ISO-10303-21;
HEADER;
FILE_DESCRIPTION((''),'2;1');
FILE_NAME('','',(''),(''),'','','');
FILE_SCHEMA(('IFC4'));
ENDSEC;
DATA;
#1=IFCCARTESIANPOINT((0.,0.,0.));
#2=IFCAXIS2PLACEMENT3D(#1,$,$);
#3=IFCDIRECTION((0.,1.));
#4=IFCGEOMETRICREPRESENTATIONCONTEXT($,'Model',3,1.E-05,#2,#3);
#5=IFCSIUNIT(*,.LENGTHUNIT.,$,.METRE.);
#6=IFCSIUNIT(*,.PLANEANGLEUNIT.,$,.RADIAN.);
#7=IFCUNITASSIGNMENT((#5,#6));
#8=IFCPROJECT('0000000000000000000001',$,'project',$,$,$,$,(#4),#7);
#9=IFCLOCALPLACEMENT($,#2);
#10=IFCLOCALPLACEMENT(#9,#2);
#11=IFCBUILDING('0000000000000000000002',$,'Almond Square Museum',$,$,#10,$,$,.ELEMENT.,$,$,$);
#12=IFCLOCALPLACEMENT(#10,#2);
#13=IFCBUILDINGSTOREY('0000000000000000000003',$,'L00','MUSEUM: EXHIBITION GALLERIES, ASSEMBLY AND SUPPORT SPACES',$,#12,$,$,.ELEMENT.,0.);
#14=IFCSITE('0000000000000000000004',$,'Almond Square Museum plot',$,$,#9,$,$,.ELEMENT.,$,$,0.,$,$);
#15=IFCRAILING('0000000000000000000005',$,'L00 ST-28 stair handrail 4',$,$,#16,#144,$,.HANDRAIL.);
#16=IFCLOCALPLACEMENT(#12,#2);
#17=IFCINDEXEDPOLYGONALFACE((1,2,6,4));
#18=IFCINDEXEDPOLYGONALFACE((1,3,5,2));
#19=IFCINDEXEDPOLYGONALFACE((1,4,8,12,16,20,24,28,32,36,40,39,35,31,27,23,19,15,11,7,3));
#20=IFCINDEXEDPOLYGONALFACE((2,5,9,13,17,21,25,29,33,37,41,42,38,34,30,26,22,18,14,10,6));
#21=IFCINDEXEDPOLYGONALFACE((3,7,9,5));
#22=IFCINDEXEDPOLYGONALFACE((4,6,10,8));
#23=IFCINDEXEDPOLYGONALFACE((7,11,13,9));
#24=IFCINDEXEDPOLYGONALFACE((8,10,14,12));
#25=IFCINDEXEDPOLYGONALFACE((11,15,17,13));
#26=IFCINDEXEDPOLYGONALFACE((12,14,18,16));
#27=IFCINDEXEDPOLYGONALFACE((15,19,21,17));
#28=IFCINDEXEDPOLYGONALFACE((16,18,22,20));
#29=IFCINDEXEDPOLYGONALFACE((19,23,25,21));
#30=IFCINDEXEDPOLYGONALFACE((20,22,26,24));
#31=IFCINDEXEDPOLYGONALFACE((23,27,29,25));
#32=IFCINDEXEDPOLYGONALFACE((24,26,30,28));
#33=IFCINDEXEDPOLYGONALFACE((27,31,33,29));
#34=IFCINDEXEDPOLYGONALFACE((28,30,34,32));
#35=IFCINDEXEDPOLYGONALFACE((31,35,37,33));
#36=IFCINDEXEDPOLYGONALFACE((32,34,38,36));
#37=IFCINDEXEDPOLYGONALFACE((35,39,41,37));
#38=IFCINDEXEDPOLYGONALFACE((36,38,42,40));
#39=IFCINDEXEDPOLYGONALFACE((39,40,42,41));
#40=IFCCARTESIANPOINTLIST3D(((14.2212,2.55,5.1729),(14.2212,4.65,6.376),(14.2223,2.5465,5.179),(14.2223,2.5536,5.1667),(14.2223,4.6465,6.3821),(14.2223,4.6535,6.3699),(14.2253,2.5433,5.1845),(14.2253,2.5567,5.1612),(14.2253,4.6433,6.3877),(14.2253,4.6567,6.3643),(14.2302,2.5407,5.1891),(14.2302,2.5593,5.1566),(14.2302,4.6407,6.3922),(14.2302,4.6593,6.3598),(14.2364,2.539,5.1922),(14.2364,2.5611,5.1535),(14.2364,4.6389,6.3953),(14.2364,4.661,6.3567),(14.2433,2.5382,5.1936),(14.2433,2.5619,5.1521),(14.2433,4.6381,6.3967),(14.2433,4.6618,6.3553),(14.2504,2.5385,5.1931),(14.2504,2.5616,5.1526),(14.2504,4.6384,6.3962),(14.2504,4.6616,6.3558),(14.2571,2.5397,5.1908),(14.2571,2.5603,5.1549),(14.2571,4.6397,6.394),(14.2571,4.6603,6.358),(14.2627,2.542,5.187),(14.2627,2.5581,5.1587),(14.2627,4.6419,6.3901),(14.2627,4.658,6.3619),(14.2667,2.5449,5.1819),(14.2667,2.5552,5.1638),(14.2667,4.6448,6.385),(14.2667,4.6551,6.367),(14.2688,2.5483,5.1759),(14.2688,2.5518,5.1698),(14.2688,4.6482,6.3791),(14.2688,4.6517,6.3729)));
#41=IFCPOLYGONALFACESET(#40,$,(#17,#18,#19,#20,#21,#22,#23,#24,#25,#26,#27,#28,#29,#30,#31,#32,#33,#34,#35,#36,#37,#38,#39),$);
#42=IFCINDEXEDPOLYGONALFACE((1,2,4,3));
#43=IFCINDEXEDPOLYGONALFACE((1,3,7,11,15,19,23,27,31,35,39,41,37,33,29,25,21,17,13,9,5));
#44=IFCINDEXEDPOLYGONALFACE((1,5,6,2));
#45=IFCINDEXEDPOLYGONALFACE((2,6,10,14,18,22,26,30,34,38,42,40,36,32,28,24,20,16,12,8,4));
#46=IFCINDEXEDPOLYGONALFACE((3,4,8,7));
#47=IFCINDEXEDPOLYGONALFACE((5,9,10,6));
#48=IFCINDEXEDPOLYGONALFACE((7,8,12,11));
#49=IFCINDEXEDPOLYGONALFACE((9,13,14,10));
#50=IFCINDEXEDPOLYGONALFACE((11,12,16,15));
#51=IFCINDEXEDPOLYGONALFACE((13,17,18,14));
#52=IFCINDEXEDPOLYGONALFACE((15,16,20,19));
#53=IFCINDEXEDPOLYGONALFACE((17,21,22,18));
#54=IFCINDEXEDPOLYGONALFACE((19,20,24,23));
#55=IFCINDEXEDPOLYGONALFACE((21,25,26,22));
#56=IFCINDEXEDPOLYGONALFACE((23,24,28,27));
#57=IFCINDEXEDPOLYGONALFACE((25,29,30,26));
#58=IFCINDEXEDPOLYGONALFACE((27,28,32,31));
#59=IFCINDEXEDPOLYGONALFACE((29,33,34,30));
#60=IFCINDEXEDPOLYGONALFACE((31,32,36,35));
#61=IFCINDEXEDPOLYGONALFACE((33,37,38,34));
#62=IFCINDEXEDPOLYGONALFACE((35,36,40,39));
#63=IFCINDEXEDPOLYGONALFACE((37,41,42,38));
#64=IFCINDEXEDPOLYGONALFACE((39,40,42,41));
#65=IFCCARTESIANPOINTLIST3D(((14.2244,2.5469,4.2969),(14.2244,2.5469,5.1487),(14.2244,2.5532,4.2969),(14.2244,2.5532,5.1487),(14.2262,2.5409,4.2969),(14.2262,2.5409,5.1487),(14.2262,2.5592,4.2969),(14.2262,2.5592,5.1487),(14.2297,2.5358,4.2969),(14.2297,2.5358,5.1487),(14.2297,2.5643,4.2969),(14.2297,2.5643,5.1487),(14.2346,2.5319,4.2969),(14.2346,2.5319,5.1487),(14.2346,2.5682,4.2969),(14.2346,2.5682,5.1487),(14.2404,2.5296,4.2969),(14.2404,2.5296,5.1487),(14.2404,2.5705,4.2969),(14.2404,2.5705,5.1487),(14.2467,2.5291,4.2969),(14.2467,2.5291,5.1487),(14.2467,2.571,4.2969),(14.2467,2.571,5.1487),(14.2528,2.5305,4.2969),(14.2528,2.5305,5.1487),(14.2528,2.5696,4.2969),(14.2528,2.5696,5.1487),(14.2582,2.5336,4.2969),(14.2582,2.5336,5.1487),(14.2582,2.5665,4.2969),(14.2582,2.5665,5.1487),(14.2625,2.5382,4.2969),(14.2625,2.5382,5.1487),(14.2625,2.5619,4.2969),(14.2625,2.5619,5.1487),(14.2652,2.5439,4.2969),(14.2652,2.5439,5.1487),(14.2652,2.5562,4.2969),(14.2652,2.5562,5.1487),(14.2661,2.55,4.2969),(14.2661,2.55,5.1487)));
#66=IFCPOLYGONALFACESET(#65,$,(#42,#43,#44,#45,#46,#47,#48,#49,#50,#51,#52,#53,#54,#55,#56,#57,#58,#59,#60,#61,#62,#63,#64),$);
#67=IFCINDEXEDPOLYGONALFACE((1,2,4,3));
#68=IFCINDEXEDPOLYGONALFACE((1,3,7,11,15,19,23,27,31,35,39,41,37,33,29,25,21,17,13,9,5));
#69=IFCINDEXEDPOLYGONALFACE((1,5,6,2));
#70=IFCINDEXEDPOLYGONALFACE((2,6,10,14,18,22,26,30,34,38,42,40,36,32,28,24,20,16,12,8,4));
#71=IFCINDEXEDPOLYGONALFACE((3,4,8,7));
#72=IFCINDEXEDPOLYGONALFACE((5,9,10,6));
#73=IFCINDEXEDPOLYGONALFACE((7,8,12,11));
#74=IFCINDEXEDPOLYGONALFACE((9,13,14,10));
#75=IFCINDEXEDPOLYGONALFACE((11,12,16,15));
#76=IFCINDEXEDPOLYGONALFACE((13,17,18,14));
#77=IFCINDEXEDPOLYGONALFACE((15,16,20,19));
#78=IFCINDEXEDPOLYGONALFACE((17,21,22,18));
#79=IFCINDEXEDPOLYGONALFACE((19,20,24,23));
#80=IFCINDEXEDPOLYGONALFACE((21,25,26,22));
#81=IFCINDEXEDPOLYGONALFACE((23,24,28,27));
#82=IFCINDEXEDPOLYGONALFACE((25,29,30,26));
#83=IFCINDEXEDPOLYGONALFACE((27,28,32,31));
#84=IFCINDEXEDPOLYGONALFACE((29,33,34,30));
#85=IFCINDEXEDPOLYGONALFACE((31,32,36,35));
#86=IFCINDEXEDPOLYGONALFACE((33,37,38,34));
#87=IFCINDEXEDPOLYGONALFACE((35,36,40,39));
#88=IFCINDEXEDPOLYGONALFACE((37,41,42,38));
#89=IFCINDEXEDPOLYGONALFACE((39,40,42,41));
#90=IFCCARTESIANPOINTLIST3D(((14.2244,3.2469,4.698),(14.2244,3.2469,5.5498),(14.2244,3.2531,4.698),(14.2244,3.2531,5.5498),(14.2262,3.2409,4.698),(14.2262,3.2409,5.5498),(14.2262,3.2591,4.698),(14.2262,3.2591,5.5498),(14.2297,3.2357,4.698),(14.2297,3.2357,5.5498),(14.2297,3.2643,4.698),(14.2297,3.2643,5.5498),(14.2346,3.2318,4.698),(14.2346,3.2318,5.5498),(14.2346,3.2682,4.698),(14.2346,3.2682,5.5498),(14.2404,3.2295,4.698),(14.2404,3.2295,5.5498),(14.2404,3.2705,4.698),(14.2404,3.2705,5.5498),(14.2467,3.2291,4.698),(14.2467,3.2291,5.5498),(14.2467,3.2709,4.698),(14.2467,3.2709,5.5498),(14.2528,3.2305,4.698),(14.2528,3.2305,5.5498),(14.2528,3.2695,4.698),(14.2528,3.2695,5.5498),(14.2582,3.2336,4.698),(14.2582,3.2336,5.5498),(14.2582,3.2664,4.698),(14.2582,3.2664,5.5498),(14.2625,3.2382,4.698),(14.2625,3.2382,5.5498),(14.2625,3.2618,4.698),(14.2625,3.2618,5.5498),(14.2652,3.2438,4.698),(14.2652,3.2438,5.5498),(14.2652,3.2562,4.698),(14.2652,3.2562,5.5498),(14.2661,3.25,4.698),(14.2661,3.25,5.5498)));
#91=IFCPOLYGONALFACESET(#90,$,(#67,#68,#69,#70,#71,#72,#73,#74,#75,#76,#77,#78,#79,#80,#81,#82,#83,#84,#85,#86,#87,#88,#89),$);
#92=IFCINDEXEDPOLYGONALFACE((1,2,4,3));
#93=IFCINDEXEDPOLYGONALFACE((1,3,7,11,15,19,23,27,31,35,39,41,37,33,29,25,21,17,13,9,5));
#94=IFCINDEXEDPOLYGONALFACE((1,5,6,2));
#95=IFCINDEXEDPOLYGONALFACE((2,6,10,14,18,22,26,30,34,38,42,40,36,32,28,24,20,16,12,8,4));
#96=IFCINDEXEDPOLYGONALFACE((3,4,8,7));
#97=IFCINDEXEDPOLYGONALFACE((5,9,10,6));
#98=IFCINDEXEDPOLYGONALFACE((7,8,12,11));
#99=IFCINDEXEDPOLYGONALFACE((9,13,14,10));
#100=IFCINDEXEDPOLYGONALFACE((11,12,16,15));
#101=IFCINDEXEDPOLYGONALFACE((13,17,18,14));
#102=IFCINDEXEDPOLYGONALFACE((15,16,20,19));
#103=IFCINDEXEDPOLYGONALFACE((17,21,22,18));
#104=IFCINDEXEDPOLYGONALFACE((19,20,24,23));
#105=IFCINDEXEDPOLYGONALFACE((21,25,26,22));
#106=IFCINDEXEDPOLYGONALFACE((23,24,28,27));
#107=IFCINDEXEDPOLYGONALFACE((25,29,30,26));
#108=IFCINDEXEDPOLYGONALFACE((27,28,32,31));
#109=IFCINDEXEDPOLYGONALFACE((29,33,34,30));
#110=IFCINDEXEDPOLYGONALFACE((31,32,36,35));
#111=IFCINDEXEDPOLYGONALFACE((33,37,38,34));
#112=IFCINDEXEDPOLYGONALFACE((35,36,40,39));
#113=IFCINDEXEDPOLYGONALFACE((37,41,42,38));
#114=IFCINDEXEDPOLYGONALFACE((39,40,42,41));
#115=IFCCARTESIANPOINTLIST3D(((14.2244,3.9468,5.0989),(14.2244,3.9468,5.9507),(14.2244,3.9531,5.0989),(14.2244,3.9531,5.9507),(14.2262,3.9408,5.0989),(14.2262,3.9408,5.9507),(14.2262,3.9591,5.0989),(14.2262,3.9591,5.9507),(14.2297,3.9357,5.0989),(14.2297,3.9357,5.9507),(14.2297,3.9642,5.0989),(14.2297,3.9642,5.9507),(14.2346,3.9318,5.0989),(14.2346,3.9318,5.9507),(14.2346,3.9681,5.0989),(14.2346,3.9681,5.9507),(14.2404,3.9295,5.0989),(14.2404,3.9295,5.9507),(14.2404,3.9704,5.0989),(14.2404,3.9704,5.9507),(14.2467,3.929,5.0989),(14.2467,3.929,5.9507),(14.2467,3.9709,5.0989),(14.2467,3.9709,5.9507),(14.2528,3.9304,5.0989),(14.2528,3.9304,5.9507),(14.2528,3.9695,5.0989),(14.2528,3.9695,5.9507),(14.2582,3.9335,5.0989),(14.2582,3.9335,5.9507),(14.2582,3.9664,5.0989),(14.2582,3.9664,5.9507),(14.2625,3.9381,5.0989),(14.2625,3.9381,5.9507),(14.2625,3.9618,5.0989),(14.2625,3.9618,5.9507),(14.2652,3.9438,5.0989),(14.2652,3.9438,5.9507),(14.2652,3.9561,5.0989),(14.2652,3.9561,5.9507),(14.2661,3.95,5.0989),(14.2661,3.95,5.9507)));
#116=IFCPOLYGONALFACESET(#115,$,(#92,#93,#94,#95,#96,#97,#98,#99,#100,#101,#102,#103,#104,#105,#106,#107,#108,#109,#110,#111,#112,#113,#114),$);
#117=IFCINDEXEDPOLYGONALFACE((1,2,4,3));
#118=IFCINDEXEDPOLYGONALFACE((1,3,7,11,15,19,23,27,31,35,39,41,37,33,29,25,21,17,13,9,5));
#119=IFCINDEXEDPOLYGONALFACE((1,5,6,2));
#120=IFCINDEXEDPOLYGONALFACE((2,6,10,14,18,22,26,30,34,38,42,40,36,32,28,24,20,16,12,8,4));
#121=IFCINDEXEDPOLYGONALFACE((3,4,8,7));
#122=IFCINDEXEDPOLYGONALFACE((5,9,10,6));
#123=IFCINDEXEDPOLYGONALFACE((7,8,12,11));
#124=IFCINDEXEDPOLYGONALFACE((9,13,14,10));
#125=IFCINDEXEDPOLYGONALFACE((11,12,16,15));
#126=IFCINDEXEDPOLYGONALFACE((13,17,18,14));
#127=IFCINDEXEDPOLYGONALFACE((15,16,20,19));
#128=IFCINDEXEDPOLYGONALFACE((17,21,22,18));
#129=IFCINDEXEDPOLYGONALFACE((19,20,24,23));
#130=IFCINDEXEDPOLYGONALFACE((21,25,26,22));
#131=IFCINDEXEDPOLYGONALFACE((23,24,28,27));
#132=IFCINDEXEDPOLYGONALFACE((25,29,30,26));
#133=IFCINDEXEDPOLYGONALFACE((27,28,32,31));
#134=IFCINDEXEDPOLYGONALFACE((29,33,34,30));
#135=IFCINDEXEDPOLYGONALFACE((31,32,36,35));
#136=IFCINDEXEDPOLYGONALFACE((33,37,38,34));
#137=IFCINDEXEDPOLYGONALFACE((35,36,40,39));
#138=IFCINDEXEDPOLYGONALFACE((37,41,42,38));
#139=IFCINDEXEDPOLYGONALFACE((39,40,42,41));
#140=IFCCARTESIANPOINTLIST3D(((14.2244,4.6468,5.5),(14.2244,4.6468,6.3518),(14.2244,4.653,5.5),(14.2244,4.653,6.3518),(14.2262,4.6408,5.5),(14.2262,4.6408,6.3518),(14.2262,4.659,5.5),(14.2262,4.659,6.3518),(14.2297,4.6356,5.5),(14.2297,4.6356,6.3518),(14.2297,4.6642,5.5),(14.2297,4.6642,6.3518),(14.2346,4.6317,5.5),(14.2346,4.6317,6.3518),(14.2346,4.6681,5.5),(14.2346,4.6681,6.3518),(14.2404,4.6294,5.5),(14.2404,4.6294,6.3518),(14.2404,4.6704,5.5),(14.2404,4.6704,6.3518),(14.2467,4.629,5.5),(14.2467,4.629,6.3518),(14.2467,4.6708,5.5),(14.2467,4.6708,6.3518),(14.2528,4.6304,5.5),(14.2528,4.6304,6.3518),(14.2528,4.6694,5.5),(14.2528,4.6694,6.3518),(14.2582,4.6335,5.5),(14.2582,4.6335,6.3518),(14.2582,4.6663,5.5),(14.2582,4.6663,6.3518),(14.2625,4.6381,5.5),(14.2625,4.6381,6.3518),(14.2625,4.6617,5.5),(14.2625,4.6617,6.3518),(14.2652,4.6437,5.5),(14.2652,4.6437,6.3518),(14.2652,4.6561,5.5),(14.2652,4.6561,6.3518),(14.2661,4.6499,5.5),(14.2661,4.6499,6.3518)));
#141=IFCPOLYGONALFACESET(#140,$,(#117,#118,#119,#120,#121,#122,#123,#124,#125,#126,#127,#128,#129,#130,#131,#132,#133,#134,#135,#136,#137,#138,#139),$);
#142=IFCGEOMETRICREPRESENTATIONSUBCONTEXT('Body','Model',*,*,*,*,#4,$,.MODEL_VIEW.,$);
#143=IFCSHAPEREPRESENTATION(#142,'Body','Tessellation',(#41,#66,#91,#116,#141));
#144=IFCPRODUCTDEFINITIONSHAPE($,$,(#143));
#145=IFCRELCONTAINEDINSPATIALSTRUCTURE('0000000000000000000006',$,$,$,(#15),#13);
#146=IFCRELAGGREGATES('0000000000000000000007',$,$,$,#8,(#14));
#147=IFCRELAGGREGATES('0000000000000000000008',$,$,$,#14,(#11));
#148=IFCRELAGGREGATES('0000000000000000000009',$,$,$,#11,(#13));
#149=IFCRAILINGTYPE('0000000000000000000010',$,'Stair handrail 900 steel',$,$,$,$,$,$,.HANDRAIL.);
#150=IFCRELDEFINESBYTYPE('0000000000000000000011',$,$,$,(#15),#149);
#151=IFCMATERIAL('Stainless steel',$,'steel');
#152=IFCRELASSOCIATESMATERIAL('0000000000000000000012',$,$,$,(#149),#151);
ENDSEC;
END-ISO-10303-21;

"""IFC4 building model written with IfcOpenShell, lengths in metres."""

from ifc_helpers import new_model, si_unit, direction, frame, origin, origin_2d, place, context, subcontext, project, spatial, circle, extrude, material, type_object, element, save


model = new_model("IFC4")

# Units and contexts
model_context = context("Model", 3, precision=1e-05, world=origin(), true_north=direction((0.0, 1.0)))
body_context = subcontext(model_context, "Body", "Model", "MODEL_VIEW")
ifc_project = project(units=[si_unit("LENGTHUNIT", "METRE"), si_unit("PLANEANGLEUNIT", "RADIAN")], contexts=[model_context])

# Site, building, storey
site_placement = place(None, origin())
site = spatial("IfcSite", under=ifc_project, at=site_placement, Name="Almond Square Museum plot", CompositionType="ELEMENT", RefElevation=0.0)
building_placement = place(site_placement, origin())
building = spatial("IfcBuilding", under=site, at=building_placement, Name="Almond Square Museum", CompositionType="ELEMENT")
storey_placement = place(building_placement, origin())
storey = spatial("IfcBuildingStorey", under=building, at=storey_placement, Name="L00", Description="MUSEUM: EXHIBITION GALLERIES, ASSEMBLY AND SUPPORT SPACES", CompositionType="ELEMENT", Elevation=0.0)

# Railing
ifc_material_1 = material(Name="Stainless steel", Category="steel")
railing_type_1 = type_object("IfcRailingType", Name="Stair handrail 900 steel", PredefinedType="HANDRAIL", material=ifc_material_1)
railing_1_placement = place(storey_placement, frame((14.2451, 2.55, 4.2969)))
element("IfcRailing", 1, at=railing_1_placement, inside=storey, type_object=railing_type_1, Name="L00 ST-28 stair handrail 4", PredefinedType="HANDRAIL", context=body_context, shape_type="SweptSolid", body=[
    extrude(circle(Radius=0.0239, at=origin_2d()), frame((0.0, 0.0, 0.876), z_axis=(0.0, 0.867671, 0.497138), x_axis=(-1.0, 0.0, 0.0)), (0.0, 0.0, 1.0), 2.4202),
    extrude(circle(Radius=0.021, at=origin_2d()), origin(), (0.0, 0.0, 1.0), 0.8518),
    extrude(circle(Radius=0.021, at=origin_2d()), frame((0.0, 0.7, 0.4011)), (0.0, 0.0, 1.0), 0.8518),
    extrude(circle(Radius=0.021, at=origin_2d()), frame((0.0, 1.3999, 0.802)), (0.0, 0.0, 1.0), 0.8518),
    extrude(circle(Radius=0.021, at=origin_2d()), frame((0.0, 2.0999, 1.2031)), (0.0, 0.0, 1.0), 0.8518),
])

save(model, "model.ifc")
